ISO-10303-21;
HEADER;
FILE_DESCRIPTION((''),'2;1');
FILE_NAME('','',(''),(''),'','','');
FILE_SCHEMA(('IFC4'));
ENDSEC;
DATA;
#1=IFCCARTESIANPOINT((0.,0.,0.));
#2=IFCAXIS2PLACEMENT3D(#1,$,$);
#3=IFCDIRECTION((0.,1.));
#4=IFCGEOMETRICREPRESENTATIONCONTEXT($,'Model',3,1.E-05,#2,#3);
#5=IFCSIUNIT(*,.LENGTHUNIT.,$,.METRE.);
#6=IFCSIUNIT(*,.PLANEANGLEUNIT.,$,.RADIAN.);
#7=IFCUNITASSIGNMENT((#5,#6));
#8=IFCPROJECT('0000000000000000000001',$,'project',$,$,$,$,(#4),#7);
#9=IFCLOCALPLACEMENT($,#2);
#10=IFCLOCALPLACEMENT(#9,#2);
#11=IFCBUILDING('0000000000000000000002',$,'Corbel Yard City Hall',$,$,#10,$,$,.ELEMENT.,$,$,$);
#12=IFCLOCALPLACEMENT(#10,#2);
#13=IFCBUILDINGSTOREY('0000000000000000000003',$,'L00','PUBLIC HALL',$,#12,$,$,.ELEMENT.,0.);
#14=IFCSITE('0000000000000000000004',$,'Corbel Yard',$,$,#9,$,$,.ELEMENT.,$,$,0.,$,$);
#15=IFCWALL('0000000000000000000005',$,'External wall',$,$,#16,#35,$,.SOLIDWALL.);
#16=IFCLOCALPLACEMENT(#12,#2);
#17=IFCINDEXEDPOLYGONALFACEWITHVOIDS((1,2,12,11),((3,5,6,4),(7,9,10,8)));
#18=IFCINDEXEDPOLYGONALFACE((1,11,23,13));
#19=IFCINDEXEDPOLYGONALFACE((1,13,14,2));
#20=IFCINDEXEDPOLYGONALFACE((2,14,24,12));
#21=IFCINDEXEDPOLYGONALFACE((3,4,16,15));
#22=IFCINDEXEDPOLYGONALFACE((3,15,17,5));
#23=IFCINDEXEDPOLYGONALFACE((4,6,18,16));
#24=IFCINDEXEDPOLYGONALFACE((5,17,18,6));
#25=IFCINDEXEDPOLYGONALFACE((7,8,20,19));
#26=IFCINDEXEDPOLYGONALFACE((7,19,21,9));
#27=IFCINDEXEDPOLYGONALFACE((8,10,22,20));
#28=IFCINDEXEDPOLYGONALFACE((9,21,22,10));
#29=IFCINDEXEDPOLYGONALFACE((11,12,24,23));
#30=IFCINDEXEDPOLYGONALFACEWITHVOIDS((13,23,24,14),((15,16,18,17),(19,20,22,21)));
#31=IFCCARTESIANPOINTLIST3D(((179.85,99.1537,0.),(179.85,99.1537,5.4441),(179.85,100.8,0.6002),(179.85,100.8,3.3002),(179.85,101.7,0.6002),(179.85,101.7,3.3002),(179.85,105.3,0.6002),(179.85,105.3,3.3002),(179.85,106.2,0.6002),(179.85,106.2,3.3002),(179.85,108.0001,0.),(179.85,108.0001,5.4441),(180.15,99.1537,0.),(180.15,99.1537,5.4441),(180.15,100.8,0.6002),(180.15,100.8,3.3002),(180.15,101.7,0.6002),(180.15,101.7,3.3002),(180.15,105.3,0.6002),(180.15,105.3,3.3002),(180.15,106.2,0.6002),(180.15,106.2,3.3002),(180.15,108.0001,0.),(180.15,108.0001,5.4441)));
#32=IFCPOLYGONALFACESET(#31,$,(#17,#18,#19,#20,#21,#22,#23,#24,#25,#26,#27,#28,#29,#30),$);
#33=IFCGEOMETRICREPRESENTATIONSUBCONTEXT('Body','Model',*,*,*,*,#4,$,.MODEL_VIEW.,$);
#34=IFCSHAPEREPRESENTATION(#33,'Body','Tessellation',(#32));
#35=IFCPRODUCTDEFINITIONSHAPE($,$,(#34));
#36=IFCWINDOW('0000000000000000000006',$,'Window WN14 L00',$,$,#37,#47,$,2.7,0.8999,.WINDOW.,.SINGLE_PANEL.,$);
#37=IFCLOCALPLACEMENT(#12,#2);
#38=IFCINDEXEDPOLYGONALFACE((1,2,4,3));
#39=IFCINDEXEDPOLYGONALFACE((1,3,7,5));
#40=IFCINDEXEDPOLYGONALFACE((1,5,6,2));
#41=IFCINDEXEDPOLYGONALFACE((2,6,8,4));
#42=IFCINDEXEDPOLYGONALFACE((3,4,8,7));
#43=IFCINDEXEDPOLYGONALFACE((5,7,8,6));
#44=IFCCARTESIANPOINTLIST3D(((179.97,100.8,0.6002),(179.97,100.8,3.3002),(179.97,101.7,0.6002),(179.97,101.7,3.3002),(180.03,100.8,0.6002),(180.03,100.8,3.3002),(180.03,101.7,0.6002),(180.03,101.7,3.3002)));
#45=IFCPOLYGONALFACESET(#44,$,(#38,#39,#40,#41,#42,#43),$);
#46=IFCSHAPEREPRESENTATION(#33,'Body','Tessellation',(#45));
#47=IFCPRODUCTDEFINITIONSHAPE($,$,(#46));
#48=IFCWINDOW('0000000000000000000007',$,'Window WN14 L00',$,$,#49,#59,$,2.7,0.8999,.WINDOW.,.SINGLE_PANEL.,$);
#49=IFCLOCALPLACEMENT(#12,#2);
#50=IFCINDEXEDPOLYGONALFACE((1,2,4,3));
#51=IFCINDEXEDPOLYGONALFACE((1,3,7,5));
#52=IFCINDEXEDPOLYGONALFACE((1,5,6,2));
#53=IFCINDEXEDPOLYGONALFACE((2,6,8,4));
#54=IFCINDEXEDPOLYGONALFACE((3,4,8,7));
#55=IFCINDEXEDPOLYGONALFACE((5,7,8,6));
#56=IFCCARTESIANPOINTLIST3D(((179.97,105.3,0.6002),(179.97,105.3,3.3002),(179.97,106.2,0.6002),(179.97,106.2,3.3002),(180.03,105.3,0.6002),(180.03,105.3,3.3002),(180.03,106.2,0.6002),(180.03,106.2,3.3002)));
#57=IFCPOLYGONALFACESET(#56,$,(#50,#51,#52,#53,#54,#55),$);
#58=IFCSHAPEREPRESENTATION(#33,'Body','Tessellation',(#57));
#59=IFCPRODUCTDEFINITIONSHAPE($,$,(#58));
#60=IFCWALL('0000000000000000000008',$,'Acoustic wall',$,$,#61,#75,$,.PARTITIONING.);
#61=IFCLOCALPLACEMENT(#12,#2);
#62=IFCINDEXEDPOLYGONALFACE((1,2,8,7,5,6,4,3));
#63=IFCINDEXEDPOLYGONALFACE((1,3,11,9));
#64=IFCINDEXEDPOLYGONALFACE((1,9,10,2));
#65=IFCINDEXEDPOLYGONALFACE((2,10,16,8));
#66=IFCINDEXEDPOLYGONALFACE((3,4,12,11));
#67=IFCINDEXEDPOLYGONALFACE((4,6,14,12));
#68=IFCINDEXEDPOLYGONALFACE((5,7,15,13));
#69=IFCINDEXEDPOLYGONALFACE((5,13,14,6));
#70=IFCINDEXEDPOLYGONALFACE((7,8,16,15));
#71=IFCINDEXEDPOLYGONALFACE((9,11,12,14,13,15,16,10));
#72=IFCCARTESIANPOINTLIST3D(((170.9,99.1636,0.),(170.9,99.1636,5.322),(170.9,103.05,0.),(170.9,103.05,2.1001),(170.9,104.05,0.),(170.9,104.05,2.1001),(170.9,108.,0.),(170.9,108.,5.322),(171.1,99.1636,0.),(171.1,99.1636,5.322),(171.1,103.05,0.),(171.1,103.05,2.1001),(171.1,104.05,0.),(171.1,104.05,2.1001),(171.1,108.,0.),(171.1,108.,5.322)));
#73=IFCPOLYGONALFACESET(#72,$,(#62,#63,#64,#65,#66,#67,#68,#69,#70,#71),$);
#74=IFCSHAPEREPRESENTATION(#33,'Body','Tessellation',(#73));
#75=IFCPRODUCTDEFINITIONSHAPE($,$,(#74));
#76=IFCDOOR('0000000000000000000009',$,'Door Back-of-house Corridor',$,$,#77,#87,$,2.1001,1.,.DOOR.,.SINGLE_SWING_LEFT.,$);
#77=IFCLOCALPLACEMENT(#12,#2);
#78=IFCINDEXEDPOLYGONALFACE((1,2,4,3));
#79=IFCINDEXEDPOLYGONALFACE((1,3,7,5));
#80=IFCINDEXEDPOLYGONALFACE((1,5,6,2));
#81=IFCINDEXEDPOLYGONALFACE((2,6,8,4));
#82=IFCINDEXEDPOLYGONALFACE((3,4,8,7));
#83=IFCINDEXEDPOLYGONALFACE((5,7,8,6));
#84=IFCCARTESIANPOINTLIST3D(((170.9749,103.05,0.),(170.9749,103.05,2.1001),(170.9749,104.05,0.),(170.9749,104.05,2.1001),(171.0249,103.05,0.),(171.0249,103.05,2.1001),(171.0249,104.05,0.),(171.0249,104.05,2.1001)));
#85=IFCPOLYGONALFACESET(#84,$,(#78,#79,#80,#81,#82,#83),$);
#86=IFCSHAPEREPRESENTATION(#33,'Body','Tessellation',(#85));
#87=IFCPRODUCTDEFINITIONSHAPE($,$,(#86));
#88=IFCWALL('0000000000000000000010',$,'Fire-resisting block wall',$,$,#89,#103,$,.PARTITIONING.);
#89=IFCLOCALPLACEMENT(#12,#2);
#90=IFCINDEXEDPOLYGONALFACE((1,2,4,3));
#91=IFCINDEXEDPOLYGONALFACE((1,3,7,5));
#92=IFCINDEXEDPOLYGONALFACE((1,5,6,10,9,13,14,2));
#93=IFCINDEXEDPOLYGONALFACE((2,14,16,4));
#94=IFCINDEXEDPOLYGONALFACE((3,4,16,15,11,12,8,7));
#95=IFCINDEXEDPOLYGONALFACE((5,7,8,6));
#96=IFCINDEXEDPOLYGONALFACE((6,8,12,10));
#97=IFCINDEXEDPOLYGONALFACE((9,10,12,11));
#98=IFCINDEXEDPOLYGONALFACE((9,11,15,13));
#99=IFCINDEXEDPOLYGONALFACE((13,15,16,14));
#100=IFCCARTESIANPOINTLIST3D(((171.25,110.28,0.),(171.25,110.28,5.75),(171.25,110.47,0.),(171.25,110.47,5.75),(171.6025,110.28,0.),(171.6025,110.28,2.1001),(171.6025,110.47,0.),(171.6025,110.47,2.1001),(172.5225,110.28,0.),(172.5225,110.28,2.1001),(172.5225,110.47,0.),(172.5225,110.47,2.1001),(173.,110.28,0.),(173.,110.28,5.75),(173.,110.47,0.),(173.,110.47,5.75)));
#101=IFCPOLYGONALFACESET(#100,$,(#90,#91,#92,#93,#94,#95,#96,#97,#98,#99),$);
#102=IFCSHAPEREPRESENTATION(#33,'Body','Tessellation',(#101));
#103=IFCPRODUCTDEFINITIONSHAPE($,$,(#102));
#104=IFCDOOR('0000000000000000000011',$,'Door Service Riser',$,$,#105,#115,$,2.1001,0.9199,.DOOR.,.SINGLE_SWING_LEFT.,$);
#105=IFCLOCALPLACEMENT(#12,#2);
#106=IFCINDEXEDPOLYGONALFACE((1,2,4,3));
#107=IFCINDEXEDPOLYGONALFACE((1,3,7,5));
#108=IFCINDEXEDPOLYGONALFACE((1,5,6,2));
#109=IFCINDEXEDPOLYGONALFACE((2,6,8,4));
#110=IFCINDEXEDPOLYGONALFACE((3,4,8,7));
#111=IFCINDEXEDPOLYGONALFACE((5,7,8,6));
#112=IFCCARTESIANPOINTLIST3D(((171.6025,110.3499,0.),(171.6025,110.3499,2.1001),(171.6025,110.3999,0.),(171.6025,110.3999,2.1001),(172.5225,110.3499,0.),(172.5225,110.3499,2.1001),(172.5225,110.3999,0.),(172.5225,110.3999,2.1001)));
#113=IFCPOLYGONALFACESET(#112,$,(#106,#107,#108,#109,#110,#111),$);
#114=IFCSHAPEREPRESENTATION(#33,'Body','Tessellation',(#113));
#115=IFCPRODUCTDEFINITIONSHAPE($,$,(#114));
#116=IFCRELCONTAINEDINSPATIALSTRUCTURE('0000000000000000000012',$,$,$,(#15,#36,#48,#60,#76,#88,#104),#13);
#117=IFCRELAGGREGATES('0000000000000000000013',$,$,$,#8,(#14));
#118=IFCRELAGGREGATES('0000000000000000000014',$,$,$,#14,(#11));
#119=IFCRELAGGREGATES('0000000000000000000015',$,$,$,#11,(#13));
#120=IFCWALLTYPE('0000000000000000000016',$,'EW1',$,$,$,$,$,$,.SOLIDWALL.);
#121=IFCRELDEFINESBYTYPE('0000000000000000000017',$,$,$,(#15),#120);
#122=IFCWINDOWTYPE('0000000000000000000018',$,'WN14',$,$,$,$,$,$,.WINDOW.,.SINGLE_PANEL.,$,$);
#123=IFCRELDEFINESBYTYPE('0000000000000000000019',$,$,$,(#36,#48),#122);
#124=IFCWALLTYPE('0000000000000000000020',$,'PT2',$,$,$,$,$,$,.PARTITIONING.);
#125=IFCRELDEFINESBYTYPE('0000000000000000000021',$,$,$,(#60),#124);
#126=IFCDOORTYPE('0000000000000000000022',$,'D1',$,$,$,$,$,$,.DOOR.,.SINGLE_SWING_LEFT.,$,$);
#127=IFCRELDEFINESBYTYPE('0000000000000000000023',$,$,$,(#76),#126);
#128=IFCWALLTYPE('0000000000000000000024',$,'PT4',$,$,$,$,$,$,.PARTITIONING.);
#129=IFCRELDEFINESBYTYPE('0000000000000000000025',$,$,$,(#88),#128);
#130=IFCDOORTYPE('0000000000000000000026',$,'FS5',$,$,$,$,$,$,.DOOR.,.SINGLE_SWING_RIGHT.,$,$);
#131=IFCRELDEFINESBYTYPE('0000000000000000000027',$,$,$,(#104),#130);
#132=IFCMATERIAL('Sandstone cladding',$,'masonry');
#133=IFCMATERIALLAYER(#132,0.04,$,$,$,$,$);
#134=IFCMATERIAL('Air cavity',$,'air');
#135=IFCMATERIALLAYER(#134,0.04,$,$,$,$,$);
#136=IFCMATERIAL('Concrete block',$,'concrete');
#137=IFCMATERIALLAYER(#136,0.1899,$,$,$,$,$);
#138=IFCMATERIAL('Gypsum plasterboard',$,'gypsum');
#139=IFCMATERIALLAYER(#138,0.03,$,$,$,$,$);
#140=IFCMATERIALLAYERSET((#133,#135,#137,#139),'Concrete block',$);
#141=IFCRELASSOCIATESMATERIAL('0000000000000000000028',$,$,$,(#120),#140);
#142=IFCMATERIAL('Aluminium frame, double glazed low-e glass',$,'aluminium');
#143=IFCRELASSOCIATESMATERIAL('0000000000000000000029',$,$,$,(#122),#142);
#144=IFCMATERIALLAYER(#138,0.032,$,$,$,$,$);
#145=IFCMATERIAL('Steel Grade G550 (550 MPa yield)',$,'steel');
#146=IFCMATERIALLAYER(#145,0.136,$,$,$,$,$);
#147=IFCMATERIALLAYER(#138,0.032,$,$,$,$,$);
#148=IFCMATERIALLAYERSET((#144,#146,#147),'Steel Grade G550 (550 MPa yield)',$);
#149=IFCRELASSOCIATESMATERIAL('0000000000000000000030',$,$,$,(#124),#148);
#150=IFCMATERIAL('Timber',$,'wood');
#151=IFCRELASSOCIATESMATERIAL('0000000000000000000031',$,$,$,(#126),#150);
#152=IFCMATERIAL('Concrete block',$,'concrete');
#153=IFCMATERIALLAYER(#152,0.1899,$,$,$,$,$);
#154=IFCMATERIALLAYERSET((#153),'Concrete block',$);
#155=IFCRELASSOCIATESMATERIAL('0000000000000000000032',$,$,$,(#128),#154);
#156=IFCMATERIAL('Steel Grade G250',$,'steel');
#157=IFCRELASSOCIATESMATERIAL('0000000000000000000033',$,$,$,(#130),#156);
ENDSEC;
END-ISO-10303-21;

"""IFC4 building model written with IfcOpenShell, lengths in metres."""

from ifc_helpers import new_model, si_unit, direction, frame, frame_2d, origin, place, context, subcontext, project, spatial, rectangle, extrude, material, layer, layer_set, type_object, element, fill, save


model = new_model("IFC4")

# Units and contexts
model_context = context("Model", 3, precision=1e-05, world=origin(), true_north=direction((0.0, 1.0)))
body_context = subcontext(model_context, "Body", "Model", "MODEL_VIEW")
ifc_project = project(units=[si_unit("LENGTHUNIT", "METRE"), si_unit("PLANEANGLEUNIT", "RADIAN")], contexts=[model_context])

# Site, building, storey
site_placement = place(None, origin())
site = spatial("IfcSite", under=ifc_project, at=site_placement, Name="Corbel Yard", CompositionType="ELEMENT", RefElevation=0.0)
building_placement = place(site_placement, origin())
building = spatial("IfcBuilding", under=site, at=building_placement, Name="Corbel Yard City Hall", CompositionType="ELEMENT")
storey_placement = place(building_placement, origin())
storey = spatial("IfcBuildingStorey", under=building, at=storey_placement, Name="L00", Description="PUBLIC HALL", CompositionType="ELEMENT", Elevation=0.0)

# Shared definitions
ifc_material_1 = material(Name="Steel Grade G250", Category="steel")

# Wall, openings, windows
ifc_material_2 = material(Name="Sandstone cladding", Category="masonry")
ifc_layer_1 = layer(ifc_material_2, 0.04)
ifc_material_3 = material(Name="Air cavity", Category="air")
ifc_layer_2 = layer(ifc_material_3, 0.04)
ifc_material_4 = material(Name="Concrete block", Category="concrete")
ifc_layer_3 = layer(ifc_material_4, 0.1899)
ifc_material_5 = material(Name="Gypsum plasterboard", Category="gypsum")
ifc_layer_4 = layer(ifc_material_5, 0.03)
ifc_layer_set_1 = layer_set([ifc_layer_1, ifc_layer_2, ifc_layer_3, ifc_layer_4], Name="Concrete block")
wall_type_1 = type_object("IfcWallType", Name="EW1", PredefinedType="SOLIDWALL", material=ifc_layer_set_1)
wall_1_placement = place(storey_placement, frame((180.0, 99.1536, 0.0), z_axis=(0.0, 0.0, 1.0), x_axis=(0.0, 1.0, 0.0)))
wall_1 = element("IfcWall", 1, at=wall_1_placement, inside=storey, type_object=wall_type_1, Name="External wall", PredefinedType="SOLIDWALL", context=body_context, shape_type="SweptSolid", body=[
    extrude(rectangle(XDim=8.8464, YDim=0.3, at=frame_2d((4.4233, 0.0))), origin(), (0.0, 0.0, 1.0), 5.4441),
])
opening_1_placement = place(wall_1_placement, frame((1.6465, 0.0, 0.6001)))
opening_1 = element("IfcOpeningElement", 2, at=opening_1_placement, cuts=wall_1, PredefinedType="OPENING", context=body_context, shape_type="SweptSolid", body=[
    extrude(rectangle(XDim=0.8999, YDim=2.7, at=frame_2d((0.45, 1.3501))), frame((0.0, 0.1599, 0.0), z_axis=(0.0, -1.0, 0.0), x_axis=(1.0, 0.0, 0.0)), (0.0, 0.0, 1.0), 0.3201),
])
opening_2_placement = place(wall_1_placement, frame((6.1465, 0.0, 0.6001)))
opening_2 = element("IfcOpeningElement", 3, at=opening_2_placement, cuts=wall_1, PredefinedType="OPENING", context=body_context, shape_type="SweptSolid", body=[
    extrude(rectangle(XDim=0.8999, YDim=2.7, at=frame_2d((0.45, 1.3501))), frame((0.0, 0.1599, 0.0), z_axis=(0.0, -1.0, 0.0), x_axis=(1.0, 0.0, 0.0)), (0.0, 0.0, 1.0), 0.3201),
])
ifc_material_6 = material(Name="Aluminium frame, double glazed low-e glass", Category="aluminium")
window_type = type_object("IfcWindowType", Name="WN14", PartitioningType="SINGLE_PANEL", PredefinedType="WINDOW", material=ifc_material_6)
window_1_placement = place(opening_1_placement, origin())
window_1 = element("IfcWindow", 4, at=window_1_placement, inside=storey, type_object=window_type, Name="Window WN14 L00", OverallHeight=2.7, OverallWidth=0.8999, PartitioningType="SINGLE_PANEL", PredefinedType="WINDOW", context=body_context, shape_type="SweptSolid", body=[
    extrude(rectangle(XDim=0.8999, YDim=2.7, at=frame_2d((0.45, 1.3501))), frame((0.0, 0.03, 0.0), z_axis=(0.0, -1.0, 0.0), x_axis=(1.0, 0.0, 0.0)), (0.0, 0.0, 1.0), 0.0601),
])
fill(opening_1, window_1)
window_2_placement = place(opening_2_placement, origin())
window_2 = element("IfcWindow", 5, at=window_2_placement, inside=storey, type_object=window_type, Name="Window WN14 L00", OverallHeight=2.7, OverallWidth=0.8999, PartitioningType="SINGLE_PANEL", PredefinedType="WINDOW", context=body_context, shape_type="SweptSolid", body=[
    extrude(rectangle(XDim=0.8999, YDim=2.7, at=frame_2d((0.45, 1.3501))), frame((0.0, 0.03, 0.0), z_axis=(0.0, -1.0, 0.0), x_axis=(1.0, 0.0, 0.0)), (0.0, 0.0, 1.0), 0.0601),
])
fill(opening_2, window_2)

# Walls, openings, doors
ifc_layer_5 = layer(ifc_material_5, 0.032)
ifc_material_7 = material(Name="Steel Grade G550 (550 MPa yield)", Category="steel")
ifc_layer_6 = layer(ifc_material_7, 0.136)
ifc_layer_7 = layer(ifc_material_5, 0.032)
ifc_layer_set_2 = layer_set([ifc_layer_5, ifc_layer_6, ifc_layer_7], Name="Steel Grade G550 (550 MPa yield)")
wall_type_2 = type_object("IfcWallType", Name="PT2", PredefinedType="PARTITIONING", material=ifc_layer_set_2)
wall_2_placement = place(storey_placement, frame((171.0, 99.1636, 0.0), z_axis=(0.0, 0.0, 1.0), x_axis=(0.0, 1.0, 0.0)))
wall_2 = element("IfcWall", 6, at=wall_2_placement, inside=storey, type_object=wall_type_2, Name="Acoustic wall", PredefinedType="PARTITIONING", context=body_context, shape_type="SweptSolid", body=[
    extrude(rectangle(XDim=8.8364, YDim=0.2, at=frame_2d((4.4182, 0.0))), origin(), (0.0, 0.0, 1.0), 5.322),
])
opening_3_placement = place(wall_2_placement, frame((3.8865, 0.0, 0.0)))
opening_3 = element("IfcOpeningElement", 7, at=opening_3_placement, cuts=wall_2, PredefinedType="OPENING", context=body_context, shape_type="SweptSolid", body=[
    extrude(rectangle(XDim=1.0, YDim=2.1001, at=frame_2d((0.5, 1.05))), frame((0.0, 0.1099, 0.0), z_axis=(0.0, -1.0, 0.0), x_axis=(1.0, 0.0, 0.0)), (0.0, 0.0, 1.0), 0.22),
])
ifc_material_8 = material(Name="Timber", Category="wood")
door_type_1 = type_object("IfcDoorType", Name="D1", OperationType="SINGLE_SWING_LEFT", PredefinedType="DOOR", material=ifc_material_8)
door_1_placement = place(opening_3_placement, frame((1.0, 0.0, 0.0), z_axis=(0.0, 0.0, 1.0), x_axis=(-1.0, 0.0, 0.0)))
door_1 = element("IfcDoor", 8, at=door_1_placement, inside=storey, type_object=door_type_1, Name="Door Back-of-house Corridor", OperationType="SINGLE_SWING_LEFT", OverallHeight=2.1001, OverallWidth=1.0, PredefinedType="DOOR", context=body_context, shape_type="SweptSolid", body=[
    extrude(rectangle(XDim=1.0, YDim=2.1001, at=frame_2d((0.5, 1.05))), frame((0.0, 0.0249, 0.0), z_axis=(0.0, -1.0, 0.0), x_axis=(1.0, 0.0, 0.0)), (0.0, 0.0, 1.0), 0.05),
])
fill(opening_3, door_1)
ifc_material_9 = material(Name="Concrete block", Category="concrete")
ifc_layer_8 = layer(ifc_material_9, 0.1899)
ifc_layer_set_3 = layer_set([ifc_layer_8], Name="Concrete block")
wall_type_3 = type_object("IfcWallType", Name="PT4", PredefinedType="PARTITIONING", material=ifc_layer_set_3)
wall_3_placement = place(storey_placement, frame((171.25, 110.375, 0.0), z_axis=(0.0, 0.0, 1.0), x_axis=(1.0, 0.0, 0.0)))
wall_3 = element("IfcWall", 9, at=wall_3_placement, inside=storey, type_object=wall_type_3, Name="Fire-resisting block wall", PredefinedType="PARTITIONING", context=body_context, shape_type="SweptSolid", body=[
    extrude(rectangle(XDim=1.75, YDim=0.1899, at=frame_2d((0.875, 0.0))), origin(), (0.0, 0.0, 1.0), 5.75),
])
opening_4_placement = place(wall_3_placement, frame((0.3525, 0.0, 0.0)))
opening_4 = element("IfcOpeningElement", 10, at=opening_4_placement, cuts=wall_3, PredefinedType="OPENING", context=body_context, shape_type="SweptSolid", body=[
    extrude(rectangle(XDim=0.9199, YDim=2.1001, at=frame_2d((0.46, 1.05))), frame((0.0, 0.105, 0.0), z_axis=(0.0, -1.0, 0.0), x_axis=(1.0, 0.0, 0.0)), (0.0, 0.0, 1.0), 0.21),
])
door_type_2 = type_object("IfcDoorType", Name="FS5", OperationType="SINGLE_SWING_RIGHT", PredefinedType="DOOR", material=ifc_material_1)
door_2_placement = place(opening_4_placement, origin())
door_2 = element("IfcDoor", 11, at=door_2_placement, inside=storey, type_object=door_type_2, Name="Door Service Riser", OperationType="SINGLE_SWING_LEFT", OverallHeight=2.1001, OverallWidth=0.9199, PredefinedType="DOOR", context=body_context, shape_type="SweptSolid", body=[
    extrude(rectangle(XDim=0.9199, YDim=2.1001, at=frame_2d((0.46, 1.05))), frame((0.0, 0.0249, 0.0), z_axis=(0.0, -1.0, 0.0), x_axis=(1.0, 0.0, 0.0)), (0.0, 0.0, 1.0), 0.05),
])
fill(opening_4, door_2)

save(model, "model.ifc")
